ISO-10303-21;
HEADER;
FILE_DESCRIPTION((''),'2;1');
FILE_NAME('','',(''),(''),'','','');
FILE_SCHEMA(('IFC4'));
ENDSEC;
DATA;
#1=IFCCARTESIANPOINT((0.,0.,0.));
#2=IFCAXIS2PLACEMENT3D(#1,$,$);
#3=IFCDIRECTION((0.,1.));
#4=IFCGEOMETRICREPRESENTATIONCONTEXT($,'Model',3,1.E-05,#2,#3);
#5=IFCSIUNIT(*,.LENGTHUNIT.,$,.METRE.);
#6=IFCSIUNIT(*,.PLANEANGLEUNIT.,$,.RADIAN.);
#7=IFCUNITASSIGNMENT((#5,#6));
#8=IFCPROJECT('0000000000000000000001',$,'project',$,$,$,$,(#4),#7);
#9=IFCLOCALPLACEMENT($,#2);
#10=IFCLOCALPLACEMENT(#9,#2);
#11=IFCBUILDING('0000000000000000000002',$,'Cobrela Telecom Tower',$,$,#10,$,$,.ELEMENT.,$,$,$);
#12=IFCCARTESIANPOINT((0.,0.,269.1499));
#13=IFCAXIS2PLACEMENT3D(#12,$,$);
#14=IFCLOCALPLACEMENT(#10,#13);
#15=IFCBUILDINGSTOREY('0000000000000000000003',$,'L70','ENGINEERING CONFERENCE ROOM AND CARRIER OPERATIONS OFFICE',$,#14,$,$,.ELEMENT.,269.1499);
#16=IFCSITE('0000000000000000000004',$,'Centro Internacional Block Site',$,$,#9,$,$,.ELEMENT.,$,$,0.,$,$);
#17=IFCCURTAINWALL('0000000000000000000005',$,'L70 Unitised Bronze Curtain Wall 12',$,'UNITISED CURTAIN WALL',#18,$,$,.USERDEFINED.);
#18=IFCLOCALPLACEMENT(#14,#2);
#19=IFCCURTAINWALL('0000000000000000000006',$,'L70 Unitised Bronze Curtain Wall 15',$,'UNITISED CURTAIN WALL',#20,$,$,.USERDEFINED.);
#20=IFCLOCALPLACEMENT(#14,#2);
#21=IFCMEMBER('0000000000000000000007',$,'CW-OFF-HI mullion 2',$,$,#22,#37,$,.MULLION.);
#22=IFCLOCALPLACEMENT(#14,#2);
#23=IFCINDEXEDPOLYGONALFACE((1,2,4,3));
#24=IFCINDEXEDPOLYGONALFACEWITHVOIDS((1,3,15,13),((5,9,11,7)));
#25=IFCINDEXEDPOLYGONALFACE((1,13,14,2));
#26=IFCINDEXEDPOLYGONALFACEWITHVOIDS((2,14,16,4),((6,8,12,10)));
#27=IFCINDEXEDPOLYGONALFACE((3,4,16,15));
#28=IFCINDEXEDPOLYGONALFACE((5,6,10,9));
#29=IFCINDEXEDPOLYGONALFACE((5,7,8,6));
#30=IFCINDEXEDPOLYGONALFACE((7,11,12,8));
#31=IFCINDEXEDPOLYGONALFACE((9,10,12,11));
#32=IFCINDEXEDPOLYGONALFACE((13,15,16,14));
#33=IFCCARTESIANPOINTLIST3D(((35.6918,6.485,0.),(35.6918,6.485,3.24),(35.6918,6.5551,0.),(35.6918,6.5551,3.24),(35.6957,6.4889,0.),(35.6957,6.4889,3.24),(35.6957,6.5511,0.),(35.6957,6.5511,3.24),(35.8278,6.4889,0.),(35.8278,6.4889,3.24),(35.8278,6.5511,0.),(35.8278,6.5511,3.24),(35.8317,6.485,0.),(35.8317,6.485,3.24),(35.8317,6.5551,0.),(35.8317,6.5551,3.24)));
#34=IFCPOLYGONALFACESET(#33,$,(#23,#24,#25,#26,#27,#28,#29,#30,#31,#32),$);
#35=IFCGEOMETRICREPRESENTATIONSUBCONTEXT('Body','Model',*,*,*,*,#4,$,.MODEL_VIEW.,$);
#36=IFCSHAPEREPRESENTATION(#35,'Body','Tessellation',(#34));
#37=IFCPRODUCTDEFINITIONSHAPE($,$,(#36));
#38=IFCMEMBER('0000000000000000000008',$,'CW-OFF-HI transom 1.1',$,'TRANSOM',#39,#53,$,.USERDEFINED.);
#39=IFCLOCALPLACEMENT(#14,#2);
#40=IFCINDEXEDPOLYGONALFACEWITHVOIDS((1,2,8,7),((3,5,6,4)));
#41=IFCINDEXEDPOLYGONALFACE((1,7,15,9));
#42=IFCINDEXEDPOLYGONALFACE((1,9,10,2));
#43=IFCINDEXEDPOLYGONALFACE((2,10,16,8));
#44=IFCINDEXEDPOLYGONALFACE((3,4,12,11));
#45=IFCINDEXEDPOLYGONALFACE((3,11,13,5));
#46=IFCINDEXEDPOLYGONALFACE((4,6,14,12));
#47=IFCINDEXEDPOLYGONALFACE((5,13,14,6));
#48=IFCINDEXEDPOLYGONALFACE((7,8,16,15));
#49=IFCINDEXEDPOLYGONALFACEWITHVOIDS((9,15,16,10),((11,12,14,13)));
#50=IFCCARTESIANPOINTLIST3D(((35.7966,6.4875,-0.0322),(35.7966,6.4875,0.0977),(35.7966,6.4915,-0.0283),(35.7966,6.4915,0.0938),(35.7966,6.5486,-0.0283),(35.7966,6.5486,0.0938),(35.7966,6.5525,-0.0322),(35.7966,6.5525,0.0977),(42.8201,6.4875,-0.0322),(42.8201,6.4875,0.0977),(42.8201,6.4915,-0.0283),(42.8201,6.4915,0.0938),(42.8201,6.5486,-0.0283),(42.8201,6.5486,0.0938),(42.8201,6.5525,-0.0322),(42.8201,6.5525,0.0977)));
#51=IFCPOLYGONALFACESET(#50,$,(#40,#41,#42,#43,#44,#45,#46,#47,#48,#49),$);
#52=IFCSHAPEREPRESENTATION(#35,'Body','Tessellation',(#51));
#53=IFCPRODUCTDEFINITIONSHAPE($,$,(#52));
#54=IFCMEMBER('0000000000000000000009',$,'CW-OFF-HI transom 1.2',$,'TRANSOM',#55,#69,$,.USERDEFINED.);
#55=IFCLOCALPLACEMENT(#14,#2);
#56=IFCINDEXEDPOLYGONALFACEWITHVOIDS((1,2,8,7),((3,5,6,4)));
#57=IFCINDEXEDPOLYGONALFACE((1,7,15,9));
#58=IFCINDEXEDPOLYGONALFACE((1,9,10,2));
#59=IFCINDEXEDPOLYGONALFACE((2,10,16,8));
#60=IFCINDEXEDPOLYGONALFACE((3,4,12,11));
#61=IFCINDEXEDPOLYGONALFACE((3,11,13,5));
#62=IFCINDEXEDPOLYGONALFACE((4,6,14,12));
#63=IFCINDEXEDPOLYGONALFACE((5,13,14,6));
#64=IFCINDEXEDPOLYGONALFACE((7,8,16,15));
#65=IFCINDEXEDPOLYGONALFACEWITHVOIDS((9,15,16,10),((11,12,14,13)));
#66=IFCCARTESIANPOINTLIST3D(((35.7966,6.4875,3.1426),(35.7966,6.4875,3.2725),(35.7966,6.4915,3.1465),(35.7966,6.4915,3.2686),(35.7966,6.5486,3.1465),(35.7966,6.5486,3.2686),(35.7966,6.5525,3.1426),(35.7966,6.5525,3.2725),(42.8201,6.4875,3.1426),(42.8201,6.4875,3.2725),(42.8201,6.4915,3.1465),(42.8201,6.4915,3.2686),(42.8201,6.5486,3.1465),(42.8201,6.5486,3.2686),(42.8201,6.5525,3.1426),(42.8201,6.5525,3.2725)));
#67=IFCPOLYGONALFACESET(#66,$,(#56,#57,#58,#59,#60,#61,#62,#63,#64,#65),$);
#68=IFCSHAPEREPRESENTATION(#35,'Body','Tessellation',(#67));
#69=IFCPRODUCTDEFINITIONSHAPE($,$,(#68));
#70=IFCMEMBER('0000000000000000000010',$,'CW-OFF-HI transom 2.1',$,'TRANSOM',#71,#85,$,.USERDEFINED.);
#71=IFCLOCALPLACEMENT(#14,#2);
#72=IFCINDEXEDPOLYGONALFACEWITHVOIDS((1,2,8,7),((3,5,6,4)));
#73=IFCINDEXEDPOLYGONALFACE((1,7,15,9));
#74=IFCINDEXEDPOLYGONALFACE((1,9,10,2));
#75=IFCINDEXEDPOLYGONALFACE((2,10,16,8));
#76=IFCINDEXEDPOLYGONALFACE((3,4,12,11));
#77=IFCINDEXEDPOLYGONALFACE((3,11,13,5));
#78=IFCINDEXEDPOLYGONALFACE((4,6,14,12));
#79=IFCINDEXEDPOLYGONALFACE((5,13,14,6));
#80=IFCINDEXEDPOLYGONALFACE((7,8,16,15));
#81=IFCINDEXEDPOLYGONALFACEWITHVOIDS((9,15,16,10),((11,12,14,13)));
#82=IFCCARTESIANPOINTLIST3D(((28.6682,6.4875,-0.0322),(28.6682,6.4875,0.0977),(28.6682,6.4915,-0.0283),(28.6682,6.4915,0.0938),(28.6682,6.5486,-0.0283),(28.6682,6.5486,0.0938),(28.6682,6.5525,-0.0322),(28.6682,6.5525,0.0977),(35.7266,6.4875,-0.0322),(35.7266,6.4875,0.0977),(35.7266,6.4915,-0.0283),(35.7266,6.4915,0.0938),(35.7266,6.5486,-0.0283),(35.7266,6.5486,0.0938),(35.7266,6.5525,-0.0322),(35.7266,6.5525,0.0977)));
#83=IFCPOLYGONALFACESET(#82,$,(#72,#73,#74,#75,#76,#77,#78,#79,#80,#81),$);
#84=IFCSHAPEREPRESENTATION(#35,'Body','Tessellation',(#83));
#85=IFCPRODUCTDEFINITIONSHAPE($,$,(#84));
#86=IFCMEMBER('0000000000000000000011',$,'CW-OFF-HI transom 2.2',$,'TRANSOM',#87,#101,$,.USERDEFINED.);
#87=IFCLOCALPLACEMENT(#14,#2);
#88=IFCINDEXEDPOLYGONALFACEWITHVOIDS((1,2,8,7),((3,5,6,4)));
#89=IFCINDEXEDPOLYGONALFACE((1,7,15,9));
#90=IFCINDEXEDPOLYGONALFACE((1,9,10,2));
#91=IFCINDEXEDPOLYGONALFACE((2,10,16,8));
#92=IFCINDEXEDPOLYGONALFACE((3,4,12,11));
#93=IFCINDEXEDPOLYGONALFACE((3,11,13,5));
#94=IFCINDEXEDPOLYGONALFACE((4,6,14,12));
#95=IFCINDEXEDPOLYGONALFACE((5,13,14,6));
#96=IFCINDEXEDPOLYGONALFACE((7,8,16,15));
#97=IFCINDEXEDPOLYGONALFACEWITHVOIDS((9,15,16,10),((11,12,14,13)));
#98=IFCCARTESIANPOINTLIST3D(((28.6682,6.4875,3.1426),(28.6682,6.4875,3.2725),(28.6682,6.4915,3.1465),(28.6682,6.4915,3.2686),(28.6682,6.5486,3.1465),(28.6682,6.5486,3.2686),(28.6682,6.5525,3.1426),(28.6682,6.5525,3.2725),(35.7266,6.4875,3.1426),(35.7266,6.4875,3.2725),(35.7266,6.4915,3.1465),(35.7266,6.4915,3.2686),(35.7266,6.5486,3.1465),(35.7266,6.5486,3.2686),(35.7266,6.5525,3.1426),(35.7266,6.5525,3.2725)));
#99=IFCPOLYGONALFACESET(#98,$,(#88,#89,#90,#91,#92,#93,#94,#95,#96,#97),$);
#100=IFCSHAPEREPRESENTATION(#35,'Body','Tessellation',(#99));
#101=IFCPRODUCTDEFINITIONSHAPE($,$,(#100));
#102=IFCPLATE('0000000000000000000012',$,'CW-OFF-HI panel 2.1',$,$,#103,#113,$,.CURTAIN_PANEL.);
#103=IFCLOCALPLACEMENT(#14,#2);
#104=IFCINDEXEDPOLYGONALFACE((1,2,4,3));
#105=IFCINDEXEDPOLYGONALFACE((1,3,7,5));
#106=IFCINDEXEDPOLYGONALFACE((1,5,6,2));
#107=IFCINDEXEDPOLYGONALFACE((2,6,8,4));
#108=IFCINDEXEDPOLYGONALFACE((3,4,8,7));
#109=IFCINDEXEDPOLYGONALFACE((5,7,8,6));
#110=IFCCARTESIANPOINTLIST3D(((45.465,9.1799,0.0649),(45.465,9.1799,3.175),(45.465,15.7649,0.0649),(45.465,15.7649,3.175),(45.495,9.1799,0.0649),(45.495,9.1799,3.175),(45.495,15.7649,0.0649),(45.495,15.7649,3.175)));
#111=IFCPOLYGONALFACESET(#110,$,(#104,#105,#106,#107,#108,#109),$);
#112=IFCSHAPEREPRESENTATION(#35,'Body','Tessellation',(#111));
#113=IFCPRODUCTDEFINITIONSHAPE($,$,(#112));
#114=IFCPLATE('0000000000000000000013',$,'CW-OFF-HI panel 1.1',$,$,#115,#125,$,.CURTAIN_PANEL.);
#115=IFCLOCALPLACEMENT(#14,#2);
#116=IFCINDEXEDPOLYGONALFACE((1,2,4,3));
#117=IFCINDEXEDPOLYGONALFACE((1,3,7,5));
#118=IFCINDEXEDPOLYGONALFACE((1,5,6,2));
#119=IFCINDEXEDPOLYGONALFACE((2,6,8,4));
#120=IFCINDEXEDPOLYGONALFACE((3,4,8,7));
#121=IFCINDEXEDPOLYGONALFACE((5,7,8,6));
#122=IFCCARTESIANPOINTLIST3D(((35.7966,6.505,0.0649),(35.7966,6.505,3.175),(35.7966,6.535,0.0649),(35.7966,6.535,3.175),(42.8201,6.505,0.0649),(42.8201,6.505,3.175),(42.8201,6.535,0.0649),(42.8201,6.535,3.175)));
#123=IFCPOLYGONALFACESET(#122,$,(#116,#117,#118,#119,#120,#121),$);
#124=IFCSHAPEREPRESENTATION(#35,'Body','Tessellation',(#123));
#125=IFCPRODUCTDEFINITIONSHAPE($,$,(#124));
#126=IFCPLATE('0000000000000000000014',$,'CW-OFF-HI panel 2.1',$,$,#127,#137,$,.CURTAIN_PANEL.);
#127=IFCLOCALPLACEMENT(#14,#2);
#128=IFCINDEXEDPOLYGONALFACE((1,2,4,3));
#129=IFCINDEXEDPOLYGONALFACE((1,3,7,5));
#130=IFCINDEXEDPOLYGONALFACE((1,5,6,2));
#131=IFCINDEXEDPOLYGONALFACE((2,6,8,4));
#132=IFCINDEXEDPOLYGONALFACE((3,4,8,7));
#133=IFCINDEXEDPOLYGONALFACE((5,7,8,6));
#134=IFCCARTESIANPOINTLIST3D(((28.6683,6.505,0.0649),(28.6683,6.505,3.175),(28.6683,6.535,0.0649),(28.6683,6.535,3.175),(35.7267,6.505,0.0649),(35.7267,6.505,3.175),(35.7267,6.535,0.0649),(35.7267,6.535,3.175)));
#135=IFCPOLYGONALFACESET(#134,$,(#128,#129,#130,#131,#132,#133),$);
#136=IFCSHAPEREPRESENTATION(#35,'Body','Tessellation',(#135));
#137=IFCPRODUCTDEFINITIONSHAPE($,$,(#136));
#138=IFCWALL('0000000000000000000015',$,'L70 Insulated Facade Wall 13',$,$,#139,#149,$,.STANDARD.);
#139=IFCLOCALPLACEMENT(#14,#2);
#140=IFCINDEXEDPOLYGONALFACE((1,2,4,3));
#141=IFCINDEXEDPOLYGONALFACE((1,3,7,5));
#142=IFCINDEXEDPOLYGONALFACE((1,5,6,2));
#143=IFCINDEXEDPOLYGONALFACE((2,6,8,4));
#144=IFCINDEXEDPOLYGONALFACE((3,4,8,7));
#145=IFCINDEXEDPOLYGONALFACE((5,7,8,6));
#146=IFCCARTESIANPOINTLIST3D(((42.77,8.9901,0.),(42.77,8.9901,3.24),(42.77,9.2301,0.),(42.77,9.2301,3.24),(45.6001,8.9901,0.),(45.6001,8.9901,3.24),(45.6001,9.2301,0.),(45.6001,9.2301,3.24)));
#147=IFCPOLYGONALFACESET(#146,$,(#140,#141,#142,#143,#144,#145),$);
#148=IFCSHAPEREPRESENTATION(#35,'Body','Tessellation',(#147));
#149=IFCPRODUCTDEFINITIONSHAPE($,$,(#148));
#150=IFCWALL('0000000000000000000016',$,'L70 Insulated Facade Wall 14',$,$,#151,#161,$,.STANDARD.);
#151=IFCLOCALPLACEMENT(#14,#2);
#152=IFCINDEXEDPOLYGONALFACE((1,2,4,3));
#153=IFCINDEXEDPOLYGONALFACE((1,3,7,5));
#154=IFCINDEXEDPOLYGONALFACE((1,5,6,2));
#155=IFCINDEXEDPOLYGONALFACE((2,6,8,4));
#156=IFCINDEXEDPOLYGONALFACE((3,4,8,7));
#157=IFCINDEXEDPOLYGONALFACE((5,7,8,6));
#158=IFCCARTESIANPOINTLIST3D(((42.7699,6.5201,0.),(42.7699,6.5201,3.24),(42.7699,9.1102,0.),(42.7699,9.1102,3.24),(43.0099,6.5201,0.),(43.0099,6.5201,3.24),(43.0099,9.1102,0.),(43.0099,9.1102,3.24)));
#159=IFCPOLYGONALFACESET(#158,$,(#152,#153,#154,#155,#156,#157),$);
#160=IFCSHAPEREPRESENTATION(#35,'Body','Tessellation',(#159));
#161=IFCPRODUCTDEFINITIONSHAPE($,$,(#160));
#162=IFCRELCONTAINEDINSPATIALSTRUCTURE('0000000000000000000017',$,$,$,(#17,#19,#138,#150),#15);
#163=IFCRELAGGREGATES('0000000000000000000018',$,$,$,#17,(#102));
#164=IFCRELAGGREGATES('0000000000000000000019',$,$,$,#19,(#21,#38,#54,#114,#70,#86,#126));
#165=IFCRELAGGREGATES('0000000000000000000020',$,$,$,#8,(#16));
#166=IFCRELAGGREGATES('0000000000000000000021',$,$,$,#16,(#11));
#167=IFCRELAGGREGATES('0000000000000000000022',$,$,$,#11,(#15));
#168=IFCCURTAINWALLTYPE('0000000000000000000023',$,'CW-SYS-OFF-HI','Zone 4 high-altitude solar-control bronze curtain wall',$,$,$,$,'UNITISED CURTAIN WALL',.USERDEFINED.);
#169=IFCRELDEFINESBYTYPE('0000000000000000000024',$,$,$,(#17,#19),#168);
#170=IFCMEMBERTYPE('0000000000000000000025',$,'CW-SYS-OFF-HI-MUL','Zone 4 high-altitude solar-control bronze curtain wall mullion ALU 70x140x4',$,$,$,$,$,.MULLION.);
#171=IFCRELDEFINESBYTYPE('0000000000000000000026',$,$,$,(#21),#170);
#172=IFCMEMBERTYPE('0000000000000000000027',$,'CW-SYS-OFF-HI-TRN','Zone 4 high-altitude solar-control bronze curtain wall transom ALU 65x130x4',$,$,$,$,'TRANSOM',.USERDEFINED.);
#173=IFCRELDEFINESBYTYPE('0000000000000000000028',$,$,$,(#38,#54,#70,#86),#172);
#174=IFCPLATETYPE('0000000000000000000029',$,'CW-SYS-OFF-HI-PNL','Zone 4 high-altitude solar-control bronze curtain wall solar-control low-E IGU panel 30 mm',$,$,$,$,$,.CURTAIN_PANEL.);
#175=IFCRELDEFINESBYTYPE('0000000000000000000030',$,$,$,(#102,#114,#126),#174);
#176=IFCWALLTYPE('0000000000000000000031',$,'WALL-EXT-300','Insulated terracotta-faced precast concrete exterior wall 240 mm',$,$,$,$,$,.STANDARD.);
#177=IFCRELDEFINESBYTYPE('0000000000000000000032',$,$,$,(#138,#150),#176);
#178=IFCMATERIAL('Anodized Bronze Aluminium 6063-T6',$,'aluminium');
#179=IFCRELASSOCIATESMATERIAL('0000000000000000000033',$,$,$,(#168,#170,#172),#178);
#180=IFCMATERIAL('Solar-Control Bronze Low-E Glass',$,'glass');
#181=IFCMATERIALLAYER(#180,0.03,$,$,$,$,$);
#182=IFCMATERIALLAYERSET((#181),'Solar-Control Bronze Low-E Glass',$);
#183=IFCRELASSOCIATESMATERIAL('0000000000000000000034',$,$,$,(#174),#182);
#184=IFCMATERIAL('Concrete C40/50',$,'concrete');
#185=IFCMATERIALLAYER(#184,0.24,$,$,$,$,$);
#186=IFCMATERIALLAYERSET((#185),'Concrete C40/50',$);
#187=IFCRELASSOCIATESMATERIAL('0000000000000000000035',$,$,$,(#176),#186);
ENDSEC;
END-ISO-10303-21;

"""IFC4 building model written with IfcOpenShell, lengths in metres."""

from ifc_helpers import new_model, si_unit, direction, frame, frame_2d, origin, origin_2d, place, context, subcontext, project, spatial, rectangle, hollow_rectangle, extrude, material, layer, layer_set, material_profile, profile_set, type_object, element, aggregate, save


model = new_model("IFC4")

# Units and contexts
model_context = context("Model", 3, precision=1e-05, world=origin(), true_north=direction((0.0, 1.0)))
body_context = subcontext(model_context, "Body", "Model", "MODEL_VIEW")
ifc_project = project(units=[si_unit("LENGTHUNIT", "METRE"), si_unit("PLANEANGLEUNIT", "RADIAN")], contexts=[model_context])

# Site, building, storey
site_placement = place(None, origin())
site = spatial("IfcSite", under=ifc_project, at=site_placement, Name="Centro Internacional Block Site", CompositionType="ELEMENT", RefElevation=0.0)
building_placement = place(site_placement, origin())
building = spatial("IfcBuilding", under=site, at=building_placement, Name="Cobrela Telecom Tower", CompositionType="ELEMENT")
storey_placement = place(building_placement, frame((0.0, 0.0, 269.1499)))
storey = spatial("IfcBuildingStorey", under=building, at=storey_placement, Name="L70", Description="ENGINEERING CONFERENCE ROOM AND CARRIER OPERATIONS OFFICE", CompositionType="ELEMENT", Elevation=269.1499)

# Curtain wall
ifc_material_1 = material(Name="Anodized Bronze Aluminium 6063-T6", Category="aluminium")
curtain_wall_type = type_object("IfcCurtainWallType", Name="CW-SYS-OFF-HI", Description="Zone 4 high-altitude solar-control bronze curtain wall", ElementType="UNITISED CURTAIN WALL", PredefinedType="USERDEFINED", material=ifc_material_1)
curtain_wall_1_placement = place(storey_placement, origin())
curtain_wall_1 = element("IfcCurtainWall", 1, at=curtain_wall_1_placement, inside=storey, type_object=curtain_wall_type, Name="L70 Unitised Bronze Curtain Wall 12", ObjectType="UNITISED CURTAIN WALL", PredefinedType="USERDEFINED")
ifc_material_profile_1 = material_profile(ifc_material_1, hollow_rectangle(XDim=0.0701, YDim=0.1399, WallThickness=0.0039, at=origin_2d()), Name="ALU 70x140x4")
ifc_profile_set_1 = profile_set([ifc_material_profile_1], Name="Anodized Bronze Aluminium 6063-T6")
member_type_1 = type_object("IfcMemberType", Name="CW-SYS-OFF-HI-MUL", Description="Zone 4 high-altitude solar-control bronze curtain wall mullion ALU 70x140x4", PredefinedType="MULLION", material=ifc_profile_set_1)

# Curtain wall, members
curtain_wall_2_placement = place(storey_placement, origin())
curtain_wall_2 = element("IfcCurtainWall", 2, at=curtain_wall_2_placement, inside=storey, type_object=curtain_wall_type, Name="L70 Unitised Bronze Curtain Wall 15", ObjectType="UNITISED CURTAIN WALL", PredefinedType="USERDEFINED")
member_1_placement = place(storey_placement, frame((35.7617, 6.52, 0.0), z_axis=(0.0, 0.0, 1.0), x_axis=(0.0, -1.0, 0.0)))
member_1 = element("IfcMember", 3, at=member_1_placement, type_object=member_type_1, Name="CW-OFF-HI mullion 2", PredefinedType="MULLION", context=body_context, shape_type="SweptSolid", body=[
    extrude(hollow_rectangle(XDim=0.0701, YDim=0.1399, WallThickness=0.0039, at=origin_2d()), origin(), (0.0, 0.0, 1.0), 3.24),
])
ifc_material_profile_2 = material_profile(ifc_material_1, hollow_rectangle(XDim=0.0649, YDim=0.1299, WallThickness=0.0039, at=origin_2d()), Name="ALU 65x130x4")
ifc_profile_set_2 = profile_set([ifc_material_profile_2], Name="Anodized Bronze Aluminium 6063-T6")
member_type_2 = type_object("IfcMemberType", Name="CW-SYS-OFF-HI-TRN", Description="Zone 4 high-altitude solar-control bronze curtain wall transom ALU 65x130x4", ElementType="TRANSOM", PredefinedType="USERDEFINED", material=ifc_profile_set_2)
member_2_placement = place(storey_placement, frame((42.8201, 6.52, 0.0327), z_axis=(-1.0, 0.0, 0.0), x_axis=(0.0, -1.0, 0.0)))
member_2 = element("IfcMember", 4, at=member_2_placement, type_object=member_type_2, Name="CW-OFF-HI transom 1.1", ObjectType="TRANSOM", PredefinedType="USERDEFINED", context=body_context, shape_type="SweptSolid", body=[
    extrude(hollow_rectangle(XDim=0.0649, YDim=0.1299, WallThickness=0.0039, at=origin_2d()), origin(), (0.0, 0.0, 1.0), 7.0234),
])
member_3_placement = place(storey_placement, frame((42.8201, 6.52, 3.2075), z_axis=(-1.0, 0.0, 0.0), x_axis=(0.0, -1.0, 0.0)))
member_3 = element("IfcMember", 5, at=member_3_placement, type_object=member_type_2, Name="CW-OFF-HI transom 1.2", ObjectType="TRANSOM", PredefinedType="USERDEFINED", context=body_context, shape_type="SweptSolid", body=[
    extrude(hollow_rectangle(XDim=0.0649, YDim=0.1299, WallThickness=0.0039, at=origin_2d()), origin(), (0.0, 0.0, 1.0), 7.0234),
])
member_4_placement = place(storey_placement, frame((35.7266, 6.52, 0.0327), z_axis=(-1.0, 0.0, 0.0), x_axis=(0.0, -1.0, 0.0)))
member_4 = element("IfcMember", 6, at=member_4_placement, type_object=member_type_2, Name="CW-OFF-HI transom 2.1", ObjectType="TRANSOM", PredefinedType="USERDEFINED", context=body_context, shape_type="SweptSolid", body=[
    extrude(hollow_rectangle(XDim=0.0649, YDim=0.1299, WallThickness=0.0039, at=origin_2d()), origin(), (0.0, 0.0, 1.0), 7.0583),
])
member_5_placement = place(storey_placement, frame((35.7266, 6.52, 3.2075), z_axis=(-1.0, 0.0, 0.0), x_axis=(0.0, -1.0, 0.0)))
member_5 = element("IfcMember", 7, at=member_5_placement, type_object=member_type_2, Name="CW-OFF-HI transom 2.2", ObjectType="TRANSOM", PredefinedType="USERDEFINED", context=body_context, shape_type="SweptSolid", body=[
    extrude(hollow_rectangle(XDim=0.0649, YDim=0.1299, WallThickness=0.0039, at=origin_2d()), origin(), (0.0, 0.0, 1.0), 7.0583),
])

# Plates
ifc_material_2 = material(Name="Solar-Control Bronze Low-E Glass", Category="glass")
ifc_layer_1 = layer(ifc_material_2, 0.03)
ifc_layer_set_1 = layer_set([ifc_layer_1], Name="Solar-Control Bronze Low-E Glass")
plate_type = type_object("IfcPlateType", Name="CW-SYS-OFF-HI-PNL", Description="Zone 4 high-altitude solar-control bronze curtain wall solar-control low-E IGU panel 30 mm", PredefinedType="CURTAIN_PANEL", material=ifc_layer_set_1)
plate_1_placement = place(storey_placement, frame((45.48, 12.4724, 0.0649), z_axis=(0.0, 0.0, 1.0), x_axis=(0.0, -1.0, 0.0)))
plate_1 = element("IfcPlate", 8, at=plate_1_placement, type_object=plate_type, Name="CW-OFF-HI panel 2.1", PredefinedType="CURTAIN_PANEL", context=body_context, shape_type="SweptSolid", body=[
    extrude(rectangle(XDim=6.585, YDim=0.03, at=origin_2d()), origin(), (0.0, 0.0, 1.0), 3.1101),
])
aggregate(curtain_wall_1, [plate_1])
plate_2_placement = place(storey_placement, frame((39.3083, 6.52, 0.0649), z_axis=(0.0, 0.0, 1.0), x_axis=(-1.0, 0.0, 0.0)))
plate_2 = element("IfcPlate", 9, at=plate_2_placement, type_object=plate_type, Name="CW-OFF-HI panel 1.1", PredefinedType="CURTAIN_PANEL", context=body_context, shape_type="SweptSolid", body=[
    extrude(rectangle(XDim=7.0234, YDim=0.03, at=origin_2d()), origin(), (0.0, 0.0, 1.0), 3.1101),
])
plate_3_placement = place(storey_placement, frame((32.1975, 6.52, 0.0649), z_axis=(0.0, 0.0, 1.0), x_axis=(-1.0, 0.0, 0.0)))
plate_3 = element("IfcPlate", 10, at=plate_3_placement, type_object=plate_type, Name="CW-OFF-HI panel 2.1", PredefinedType="CURTAIN_PANEL", context=body_context, shape_type="SweptSolid", body=[
    extrude(rectangle(XDim=7.0583, YDim=0.03, at=origin_2d()), origin(), (0.0, 0.0, 1.0), 3.1101),
])
aggregate(curtain_wall_2, [member_1, member_2, member_3, plate_2, member_4, member_5, plate_3])

# Walls
ifc_material_3 = material(Name="Concrete C40/50", Category="concrete")
ifc_layer_2 = layer(ifc_material_3, 0.24)
ifc_layer_set_2 = layer_set([ifc_layer_2], Name="Concrete C40/50")
wall_type = type_object("IfcWallType", Name="WALL-EXT-300", Description="Insulated terracotta-faced precast concrete exterior wall 240 mm", PredefinedType="STANDARD", material=ifc_layer_set_2)
wall_1_placement = place(storey_placement, frame((45.6001, 9.1101, 0.0), z_axis=(0.0, 0.0, 1.0), x_axis=(-1.0, 0.0, 0.0)))
element("IfcWall", 11, at=wall_1_placement, inside=storey, type_object=wall_type, Name="L70 Insulated Facade Wall 13", PredefinedType="STANDARD", context=body_context, shape_type="SweptSolid", body=[
    extrude(rectangle(XDim=2.8301, YDim=0.24, at=frame_2d((1.415, 0.0))), origin(), (0.0, 0.0, 1.0), 3.24),
])
wall_2_placement = place(storey_placement, frame((42.8899, 9.1101, 0.0), z_axis=(0.0, 0.0, 1.0), x_axis=(0.0, -1.0, 0.0)))
element("IfcWall", 12, at=wall_2_placement, inside=storey, type_object=wall_type, Name="L70 Insulated Facade Wall 14", PredefinedType="STANDARD", context=body_context, shape_type="SweptSolid", body=[
    extrude(rectangle(XDim=2.5901, YDim=0.24, at=frame_2d((1.2949, 0.0))), origin(), (0.0, 0.0, 1.0), 3.24),
])

save(model, "model.ifc")
